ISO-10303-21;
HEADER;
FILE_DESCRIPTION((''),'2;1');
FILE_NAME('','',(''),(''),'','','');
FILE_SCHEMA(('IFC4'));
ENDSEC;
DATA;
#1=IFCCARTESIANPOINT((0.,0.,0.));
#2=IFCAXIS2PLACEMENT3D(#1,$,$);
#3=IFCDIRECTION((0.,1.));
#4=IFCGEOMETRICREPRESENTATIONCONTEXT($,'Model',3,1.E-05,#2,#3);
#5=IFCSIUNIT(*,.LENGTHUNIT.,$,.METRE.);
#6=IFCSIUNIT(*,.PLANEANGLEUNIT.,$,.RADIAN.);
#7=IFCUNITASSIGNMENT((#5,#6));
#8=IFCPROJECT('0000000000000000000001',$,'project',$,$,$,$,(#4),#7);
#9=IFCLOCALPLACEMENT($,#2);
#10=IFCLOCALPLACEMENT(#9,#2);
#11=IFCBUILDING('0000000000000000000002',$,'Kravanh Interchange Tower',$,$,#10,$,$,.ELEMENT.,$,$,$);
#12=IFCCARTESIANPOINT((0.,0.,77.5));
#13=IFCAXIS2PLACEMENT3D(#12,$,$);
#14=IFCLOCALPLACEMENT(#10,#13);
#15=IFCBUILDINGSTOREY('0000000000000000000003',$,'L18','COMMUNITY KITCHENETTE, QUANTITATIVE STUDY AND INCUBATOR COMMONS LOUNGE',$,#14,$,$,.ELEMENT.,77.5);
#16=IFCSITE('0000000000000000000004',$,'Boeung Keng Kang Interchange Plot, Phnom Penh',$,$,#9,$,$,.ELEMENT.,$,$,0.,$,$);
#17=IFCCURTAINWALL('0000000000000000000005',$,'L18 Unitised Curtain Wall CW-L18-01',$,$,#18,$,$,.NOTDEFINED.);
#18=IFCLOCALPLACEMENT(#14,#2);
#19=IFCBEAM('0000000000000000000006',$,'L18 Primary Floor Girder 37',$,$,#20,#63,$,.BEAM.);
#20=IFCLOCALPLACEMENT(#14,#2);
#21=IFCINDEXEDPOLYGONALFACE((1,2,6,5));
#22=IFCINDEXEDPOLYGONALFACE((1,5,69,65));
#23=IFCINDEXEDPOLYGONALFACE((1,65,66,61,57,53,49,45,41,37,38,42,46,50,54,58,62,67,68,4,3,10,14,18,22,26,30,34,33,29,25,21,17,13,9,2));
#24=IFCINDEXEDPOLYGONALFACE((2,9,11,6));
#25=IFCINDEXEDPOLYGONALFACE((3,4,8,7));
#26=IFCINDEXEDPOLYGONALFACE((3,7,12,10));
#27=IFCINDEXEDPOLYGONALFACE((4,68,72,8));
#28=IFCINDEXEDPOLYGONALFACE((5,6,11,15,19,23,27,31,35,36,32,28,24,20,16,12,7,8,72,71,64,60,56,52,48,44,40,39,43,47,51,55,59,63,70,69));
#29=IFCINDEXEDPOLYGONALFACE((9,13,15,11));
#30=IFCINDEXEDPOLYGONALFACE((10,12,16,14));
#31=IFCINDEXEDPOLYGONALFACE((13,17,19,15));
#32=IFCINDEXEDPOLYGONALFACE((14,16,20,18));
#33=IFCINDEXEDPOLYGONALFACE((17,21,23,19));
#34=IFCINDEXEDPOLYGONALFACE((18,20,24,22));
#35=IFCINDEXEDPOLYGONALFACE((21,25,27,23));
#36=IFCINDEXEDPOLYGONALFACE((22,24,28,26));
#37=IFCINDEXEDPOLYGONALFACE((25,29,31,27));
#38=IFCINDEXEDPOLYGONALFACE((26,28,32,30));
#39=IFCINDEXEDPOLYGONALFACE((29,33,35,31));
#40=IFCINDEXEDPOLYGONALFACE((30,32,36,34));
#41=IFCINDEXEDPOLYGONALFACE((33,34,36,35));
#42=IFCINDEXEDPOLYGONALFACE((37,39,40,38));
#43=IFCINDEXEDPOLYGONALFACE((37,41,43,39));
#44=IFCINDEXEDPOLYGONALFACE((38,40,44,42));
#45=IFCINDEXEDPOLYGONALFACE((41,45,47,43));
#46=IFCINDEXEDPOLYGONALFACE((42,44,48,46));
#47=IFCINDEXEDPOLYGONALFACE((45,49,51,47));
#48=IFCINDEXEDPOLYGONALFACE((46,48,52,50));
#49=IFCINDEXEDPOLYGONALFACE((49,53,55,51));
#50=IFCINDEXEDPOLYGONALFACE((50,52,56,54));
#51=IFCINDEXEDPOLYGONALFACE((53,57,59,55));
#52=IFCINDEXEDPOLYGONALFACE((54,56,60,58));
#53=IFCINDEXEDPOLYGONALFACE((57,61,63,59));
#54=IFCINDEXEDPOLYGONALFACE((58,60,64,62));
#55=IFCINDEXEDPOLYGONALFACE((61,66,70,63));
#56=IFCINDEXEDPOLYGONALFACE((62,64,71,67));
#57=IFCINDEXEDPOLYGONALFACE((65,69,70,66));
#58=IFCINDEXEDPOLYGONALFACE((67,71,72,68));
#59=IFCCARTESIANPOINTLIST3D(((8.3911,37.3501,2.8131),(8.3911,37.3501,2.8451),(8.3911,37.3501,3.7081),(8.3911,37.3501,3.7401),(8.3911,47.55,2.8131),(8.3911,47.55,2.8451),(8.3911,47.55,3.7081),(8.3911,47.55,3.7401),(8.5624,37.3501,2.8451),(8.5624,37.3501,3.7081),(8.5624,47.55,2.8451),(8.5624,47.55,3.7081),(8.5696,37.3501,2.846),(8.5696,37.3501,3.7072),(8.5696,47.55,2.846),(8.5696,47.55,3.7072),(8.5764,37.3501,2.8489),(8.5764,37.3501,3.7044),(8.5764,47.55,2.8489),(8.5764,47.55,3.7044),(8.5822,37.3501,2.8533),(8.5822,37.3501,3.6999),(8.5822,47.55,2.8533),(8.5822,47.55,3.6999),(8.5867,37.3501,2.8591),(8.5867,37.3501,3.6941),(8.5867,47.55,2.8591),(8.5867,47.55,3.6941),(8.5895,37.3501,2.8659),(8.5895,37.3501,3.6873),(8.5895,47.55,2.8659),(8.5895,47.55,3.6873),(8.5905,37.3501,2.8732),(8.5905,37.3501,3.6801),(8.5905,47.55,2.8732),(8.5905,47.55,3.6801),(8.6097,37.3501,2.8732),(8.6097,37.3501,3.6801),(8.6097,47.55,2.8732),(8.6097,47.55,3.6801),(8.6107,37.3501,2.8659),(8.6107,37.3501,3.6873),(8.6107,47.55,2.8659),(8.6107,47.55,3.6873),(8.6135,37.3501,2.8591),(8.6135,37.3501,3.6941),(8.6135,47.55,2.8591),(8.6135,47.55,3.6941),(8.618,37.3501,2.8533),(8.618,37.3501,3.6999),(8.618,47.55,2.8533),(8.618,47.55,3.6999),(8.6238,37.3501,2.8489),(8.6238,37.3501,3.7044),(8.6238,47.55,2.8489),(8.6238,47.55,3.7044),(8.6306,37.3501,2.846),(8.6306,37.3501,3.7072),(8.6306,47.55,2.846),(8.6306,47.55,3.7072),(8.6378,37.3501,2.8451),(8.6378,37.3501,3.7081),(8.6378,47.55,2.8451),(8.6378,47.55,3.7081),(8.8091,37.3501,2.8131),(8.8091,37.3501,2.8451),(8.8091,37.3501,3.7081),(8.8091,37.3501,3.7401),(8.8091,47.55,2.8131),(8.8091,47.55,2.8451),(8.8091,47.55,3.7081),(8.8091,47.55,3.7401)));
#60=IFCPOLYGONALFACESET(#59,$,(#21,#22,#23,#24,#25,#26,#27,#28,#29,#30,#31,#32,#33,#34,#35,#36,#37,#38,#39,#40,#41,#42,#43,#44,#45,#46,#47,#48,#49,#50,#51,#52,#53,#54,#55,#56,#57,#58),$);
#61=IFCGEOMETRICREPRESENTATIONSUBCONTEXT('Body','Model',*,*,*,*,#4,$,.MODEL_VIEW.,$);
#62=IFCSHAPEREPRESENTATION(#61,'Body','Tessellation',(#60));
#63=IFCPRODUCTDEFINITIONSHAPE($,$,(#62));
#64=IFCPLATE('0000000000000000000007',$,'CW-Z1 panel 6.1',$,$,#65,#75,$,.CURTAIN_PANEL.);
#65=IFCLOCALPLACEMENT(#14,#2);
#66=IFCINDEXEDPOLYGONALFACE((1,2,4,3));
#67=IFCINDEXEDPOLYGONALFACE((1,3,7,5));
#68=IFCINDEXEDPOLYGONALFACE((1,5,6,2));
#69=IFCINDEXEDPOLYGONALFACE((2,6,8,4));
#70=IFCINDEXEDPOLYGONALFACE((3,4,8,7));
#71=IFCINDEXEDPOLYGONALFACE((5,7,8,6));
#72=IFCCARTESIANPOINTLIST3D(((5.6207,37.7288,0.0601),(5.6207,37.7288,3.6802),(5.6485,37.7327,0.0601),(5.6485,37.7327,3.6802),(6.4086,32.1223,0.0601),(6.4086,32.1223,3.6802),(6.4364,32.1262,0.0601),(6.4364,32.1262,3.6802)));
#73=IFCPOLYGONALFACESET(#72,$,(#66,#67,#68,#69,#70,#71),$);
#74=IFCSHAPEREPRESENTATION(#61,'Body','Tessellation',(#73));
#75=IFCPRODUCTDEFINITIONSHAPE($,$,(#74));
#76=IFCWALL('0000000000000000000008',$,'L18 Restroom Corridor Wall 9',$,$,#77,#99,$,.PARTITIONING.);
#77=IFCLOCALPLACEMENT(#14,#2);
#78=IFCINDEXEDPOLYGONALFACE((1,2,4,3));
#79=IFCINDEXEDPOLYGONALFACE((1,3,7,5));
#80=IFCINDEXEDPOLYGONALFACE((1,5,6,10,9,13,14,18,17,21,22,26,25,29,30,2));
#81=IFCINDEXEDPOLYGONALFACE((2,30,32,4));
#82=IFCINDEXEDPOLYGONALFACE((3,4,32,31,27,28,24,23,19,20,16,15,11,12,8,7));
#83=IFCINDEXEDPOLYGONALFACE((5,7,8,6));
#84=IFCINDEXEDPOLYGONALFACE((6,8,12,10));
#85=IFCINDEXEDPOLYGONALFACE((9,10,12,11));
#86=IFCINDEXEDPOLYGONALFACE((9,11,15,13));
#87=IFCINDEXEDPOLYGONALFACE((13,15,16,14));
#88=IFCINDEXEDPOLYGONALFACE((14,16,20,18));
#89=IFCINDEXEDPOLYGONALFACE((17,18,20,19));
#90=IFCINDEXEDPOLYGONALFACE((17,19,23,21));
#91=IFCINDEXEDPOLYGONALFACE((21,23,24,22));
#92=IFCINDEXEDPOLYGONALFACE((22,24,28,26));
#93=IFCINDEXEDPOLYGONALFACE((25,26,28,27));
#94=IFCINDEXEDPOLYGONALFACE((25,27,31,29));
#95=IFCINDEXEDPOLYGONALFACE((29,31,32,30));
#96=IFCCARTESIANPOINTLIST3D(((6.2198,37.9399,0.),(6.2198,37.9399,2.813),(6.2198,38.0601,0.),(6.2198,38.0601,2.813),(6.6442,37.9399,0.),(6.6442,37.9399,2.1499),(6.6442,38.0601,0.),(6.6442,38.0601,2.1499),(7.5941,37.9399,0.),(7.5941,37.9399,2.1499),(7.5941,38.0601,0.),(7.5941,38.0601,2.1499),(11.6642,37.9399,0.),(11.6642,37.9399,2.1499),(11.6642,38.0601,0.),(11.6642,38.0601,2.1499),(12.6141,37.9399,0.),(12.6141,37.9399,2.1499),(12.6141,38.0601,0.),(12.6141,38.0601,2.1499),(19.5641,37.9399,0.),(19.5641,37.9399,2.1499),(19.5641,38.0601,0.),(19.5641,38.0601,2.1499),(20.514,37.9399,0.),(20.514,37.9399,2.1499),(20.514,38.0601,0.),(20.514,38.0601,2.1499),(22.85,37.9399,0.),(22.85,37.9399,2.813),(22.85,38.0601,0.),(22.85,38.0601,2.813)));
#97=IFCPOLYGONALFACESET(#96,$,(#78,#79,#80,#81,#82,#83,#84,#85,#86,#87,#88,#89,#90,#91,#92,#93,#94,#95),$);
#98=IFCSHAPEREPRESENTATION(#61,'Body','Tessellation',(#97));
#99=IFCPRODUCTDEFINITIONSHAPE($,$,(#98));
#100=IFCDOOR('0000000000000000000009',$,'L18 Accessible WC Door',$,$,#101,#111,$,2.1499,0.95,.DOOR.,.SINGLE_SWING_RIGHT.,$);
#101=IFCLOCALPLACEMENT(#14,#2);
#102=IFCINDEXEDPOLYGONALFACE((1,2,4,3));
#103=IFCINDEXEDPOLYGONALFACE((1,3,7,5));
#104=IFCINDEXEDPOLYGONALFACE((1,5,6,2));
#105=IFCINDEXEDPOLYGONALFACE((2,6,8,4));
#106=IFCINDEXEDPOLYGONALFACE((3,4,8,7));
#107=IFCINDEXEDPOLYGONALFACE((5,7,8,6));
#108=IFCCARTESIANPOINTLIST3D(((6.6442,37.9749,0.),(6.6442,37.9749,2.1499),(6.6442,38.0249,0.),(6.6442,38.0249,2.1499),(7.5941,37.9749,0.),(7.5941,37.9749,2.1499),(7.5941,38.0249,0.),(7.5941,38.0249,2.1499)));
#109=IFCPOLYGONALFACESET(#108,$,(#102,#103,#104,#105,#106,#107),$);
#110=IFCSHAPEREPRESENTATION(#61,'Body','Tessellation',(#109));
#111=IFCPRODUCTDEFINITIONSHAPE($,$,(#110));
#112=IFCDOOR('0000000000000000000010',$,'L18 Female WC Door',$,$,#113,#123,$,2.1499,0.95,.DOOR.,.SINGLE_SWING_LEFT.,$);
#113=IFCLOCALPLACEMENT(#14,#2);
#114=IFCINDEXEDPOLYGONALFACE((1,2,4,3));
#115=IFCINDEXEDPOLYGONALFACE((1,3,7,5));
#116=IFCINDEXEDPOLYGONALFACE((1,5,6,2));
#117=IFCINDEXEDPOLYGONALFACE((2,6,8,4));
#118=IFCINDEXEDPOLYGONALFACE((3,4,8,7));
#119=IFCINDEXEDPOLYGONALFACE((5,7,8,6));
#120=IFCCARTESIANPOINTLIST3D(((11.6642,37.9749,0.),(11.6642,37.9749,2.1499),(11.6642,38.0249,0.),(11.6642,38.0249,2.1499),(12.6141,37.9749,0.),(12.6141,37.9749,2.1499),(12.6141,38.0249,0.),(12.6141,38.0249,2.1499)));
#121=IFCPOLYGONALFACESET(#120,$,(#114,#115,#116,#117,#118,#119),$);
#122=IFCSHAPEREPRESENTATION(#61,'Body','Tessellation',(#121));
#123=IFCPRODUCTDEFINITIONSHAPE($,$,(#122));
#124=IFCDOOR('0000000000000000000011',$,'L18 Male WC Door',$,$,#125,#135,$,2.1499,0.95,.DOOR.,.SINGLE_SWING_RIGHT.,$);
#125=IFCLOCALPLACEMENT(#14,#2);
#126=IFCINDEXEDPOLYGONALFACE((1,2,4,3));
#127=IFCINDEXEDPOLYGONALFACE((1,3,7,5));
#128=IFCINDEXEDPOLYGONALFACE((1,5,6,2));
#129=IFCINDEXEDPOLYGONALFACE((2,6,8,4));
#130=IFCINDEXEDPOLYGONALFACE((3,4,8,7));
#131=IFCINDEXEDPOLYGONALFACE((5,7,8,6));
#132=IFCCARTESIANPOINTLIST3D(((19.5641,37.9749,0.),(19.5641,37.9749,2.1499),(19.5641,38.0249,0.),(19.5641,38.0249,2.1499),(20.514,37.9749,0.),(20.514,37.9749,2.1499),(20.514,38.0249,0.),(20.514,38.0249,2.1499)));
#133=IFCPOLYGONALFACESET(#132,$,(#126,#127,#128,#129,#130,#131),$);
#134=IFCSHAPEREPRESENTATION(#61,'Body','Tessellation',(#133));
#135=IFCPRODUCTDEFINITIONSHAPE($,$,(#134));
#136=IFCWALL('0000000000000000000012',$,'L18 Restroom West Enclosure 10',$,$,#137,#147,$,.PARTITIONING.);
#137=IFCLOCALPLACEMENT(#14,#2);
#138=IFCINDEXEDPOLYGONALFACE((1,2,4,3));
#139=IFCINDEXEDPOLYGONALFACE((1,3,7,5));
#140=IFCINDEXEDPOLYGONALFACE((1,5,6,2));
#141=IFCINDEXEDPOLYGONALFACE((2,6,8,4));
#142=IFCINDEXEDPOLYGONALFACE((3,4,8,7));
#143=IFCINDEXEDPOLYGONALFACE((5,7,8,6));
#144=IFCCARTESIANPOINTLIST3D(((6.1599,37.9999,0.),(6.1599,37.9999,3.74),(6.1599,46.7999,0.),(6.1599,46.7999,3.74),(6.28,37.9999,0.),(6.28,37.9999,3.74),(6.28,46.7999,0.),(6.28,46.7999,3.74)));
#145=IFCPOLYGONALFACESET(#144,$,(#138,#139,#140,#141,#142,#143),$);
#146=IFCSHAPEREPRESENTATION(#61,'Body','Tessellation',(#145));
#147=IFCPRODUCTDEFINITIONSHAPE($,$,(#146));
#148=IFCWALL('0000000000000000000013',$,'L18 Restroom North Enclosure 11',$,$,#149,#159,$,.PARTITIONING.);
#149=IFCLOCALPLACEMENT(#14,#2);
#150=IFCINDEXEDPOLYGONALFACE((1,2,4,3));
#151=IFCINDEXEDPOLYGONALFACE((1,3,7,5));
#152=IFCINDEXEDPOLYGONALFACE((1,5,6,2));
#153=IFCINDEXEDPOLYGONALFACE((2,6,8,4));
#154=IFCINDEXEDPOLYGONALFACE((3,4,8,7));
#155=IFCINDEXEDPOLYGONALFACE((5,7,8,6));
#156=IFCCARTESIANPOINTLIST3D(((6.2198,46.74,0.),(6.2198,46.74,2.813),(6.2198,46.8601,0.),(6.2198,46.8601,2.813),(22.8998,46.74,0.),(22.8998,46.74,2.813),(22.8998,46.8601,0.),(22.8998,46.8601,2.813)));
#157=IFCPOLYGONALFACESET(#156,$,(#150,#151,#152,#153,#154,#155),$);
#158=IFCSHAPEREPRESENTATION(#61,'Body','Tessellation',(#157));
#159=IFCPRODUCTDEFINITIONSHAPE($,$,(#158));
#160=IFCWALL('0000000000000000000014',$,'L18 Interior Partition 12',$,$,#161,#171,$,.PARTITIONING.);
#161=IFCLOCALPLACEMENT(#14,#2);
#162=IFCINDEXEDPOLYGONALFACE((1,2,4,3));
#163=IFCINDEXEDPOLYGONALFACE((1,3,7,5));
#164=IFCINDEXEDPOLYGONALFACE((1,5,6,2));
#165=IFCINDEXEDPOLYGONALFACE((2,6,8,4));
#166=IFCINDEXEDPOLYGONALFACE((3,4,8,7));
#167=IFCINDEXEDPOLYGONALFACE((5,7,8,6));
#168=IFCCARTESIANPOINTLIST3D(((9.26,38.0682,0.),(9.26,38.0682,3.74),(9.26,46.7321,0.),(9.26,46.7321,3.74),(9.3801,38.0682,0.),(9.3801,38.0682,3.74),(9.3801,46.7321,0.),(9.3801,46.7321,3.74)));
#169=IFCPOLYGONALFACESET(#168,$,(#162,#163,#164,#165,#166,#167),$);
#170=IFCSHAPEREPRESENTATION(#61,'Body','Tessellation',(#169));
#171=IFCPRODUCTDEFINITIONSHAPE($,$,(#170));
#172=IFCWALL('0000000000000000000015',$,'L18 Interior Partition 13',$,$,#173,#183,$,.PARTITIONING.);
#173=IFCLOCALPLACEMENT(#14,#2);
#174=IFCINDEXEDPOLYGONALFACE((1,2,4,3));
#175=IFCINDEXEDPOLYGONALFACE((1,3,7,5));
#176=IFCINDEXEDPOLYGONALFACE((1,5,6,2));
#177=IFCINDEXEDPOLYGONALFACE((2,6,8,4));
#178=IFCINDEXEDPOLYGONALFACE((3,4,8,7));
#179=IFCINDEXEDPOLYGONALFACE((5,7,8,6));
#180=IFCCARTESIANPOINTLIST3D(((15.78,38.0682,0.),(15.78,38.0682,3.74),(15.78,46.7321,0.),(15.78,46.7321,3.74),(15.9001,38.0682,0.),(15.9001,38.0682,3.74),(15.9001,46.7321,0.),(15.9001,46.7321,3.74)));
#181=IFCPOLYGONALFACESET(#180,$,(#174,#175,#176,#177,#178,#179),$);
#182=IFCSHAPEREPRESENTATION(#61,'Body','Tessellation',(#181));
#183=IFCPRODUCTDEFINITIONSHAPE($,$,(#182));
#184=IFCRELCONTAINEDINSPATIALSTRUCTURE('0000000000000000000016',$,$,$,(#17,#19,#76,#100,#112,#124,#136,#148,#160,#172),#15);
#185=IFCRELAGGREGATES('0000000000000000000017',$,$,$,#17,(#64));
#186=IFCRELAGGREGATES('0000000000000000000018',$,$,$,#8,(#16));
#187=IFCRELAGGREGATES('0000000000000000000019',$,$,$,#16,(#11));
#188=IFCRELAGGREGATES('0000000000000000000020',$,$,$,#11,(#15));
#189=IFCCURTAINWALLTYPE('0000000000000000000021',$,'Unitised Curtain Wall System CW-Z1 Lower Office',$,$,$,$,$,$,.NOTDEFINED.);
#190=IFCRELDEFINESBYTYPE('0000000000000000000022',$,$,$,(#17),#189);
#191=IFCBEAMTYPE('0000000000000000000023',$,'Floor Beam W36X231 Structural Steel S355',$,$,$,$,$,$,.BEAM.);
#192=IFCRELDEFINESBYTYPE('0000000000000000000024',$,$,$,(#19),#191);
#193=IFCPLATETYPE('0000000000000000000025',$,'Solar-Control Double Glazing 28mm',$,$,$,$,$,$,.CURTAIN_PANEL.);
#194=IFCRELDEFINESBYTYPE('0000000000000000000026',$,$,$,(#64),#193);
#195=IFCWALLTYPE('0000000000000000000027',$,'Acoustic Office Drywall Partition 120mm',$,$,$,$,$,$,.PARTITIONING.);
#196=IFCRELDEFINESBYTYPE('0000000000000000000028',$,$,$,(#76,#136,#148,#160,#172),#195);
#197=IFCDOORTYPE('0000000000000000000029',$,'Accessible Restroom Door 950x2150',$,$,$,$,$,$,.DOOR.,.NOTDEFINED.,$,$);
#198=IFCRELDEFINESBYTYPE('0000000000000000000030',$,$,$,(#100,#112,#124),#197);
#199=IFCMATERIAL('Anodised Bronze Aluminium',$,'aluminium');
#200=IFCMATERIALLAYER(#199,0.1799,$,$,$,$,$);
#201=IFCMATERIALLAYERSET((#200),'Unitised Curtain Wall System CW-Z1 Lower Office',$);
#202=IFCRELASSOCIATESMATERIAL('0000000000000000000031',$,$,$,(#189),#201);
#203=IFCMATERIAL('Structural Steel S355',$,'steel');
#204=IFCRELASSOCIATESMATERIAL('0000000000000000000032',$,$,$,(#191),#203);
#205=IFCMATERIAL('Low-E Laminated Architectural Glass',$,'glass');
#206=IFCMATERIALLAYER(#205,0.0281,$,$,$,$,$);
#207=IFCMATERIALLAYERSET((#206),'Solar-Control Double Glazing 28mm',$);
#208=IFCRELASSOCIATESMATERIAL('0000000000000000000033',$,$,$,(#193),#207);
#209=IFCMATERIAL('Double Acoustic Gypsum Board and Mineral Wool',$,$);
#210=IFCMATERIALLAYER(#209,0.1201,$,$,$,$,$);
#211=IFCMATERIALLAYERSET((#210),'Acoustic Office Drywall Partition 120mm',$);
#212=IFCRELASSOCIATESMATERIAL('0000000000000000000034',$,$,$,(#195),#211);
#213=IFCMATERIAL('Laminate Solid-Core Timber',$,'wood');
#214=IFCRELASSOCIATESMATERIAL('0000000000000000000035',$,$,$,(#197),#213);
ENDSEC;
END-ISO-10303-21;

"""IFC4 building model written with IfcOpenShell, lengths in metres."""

from ifc_helpers import new_model, si_unit, direction, frame, frame_2d, origin, origin_2d, place, context, subcontext, project, spatial, rectangle, i_section, extrude, material, layer, layer_set, material_profile, profile_set, type_object, element, fill, aggregate, save


model = new_model("IFC4")

# Units and contexts
model_context = context("Model", 3, precision=1e-05, world=origin(), true_north=direction((0.0, 1.0)))
body_context = subcontext(model_context, "Body", "Model", "MODEL_VIEW")
ifc_project = project(units=[si_unit("LENGTHUNIT", "METRE"), si_unit("PLANEANGLEUNIT", "RADIAN")], contexts=[model_context])

# Site, building, storey
site_placement = place(None, origin())
site = spatial("IfcSite", under=ifc_project, at=site_placement, Name="Boeung Keng Kang Interchange Plot, Phnom Penh", CompositionType="ELEMENT", RefElevation=0.0)
building_placement = place(site_placement, origin())
building = spatial("IfcBuilding", under=site, at=building_placement, Name="Kravanh Interchange Tower", CompositionType="ELEMENT")
storey_placement = place(building_placement, frame((0.0, 0.0, 77.5)))
storey = spatial("IfcBuildingStorey", under=building, at=storey_placement, Name="L18", Description="COMMUNITY KITCHENETTE, QUANTITATIVE STUDY AND INCUBATOR COMMONS LOUNGE", CompositionType="ELEMENT", Elevation=77.5)

# Curtain wall
ifc_material_1 = material(Name="Anodised Bronze Aluminium", Category="aluminium")
ifc_layer_1 = layer(ifc_material_1, 0.1799)
ifc_layer_set_1 = layer_set([ifc_layer_1], Name="Unitised Curtain Wall System CW-Z1 Lower Office")
curtain_wall_type = type_object("IfcCurtainWallType", Name="Unitised Curtain Wall System CW-Z1 Lower Office", PredefinedType="NOTDEFINED", material=ifc_layer_set_1)
curtain_wall_placement = place(storey_placement, origin())
curtain_wall = element("IfcCurtainWall", 1, at=curtain_wall_placement, inside=storey, type_object=curtain_wall_type, Name="L18 Unitised Curtain Wall CW-L18-01", PredefinedType="NOTDEFINED")

# Beam
ifc_material_2 = material(Name="Structural Steel S355", Category="steel")
ifc_material_profile_1 = material_profile(ifc_material_2, i_section(OverallWidth=0.418, OverallDepth=0.927, WebThickness=0.0193, FlangeThickness=0.032, FilletRadius=0.0281, at=origin_2d()), Name="W36X231")
ifc_profile_set_1 = profile_set([ifc_material_profile_1], Name="Structural Steel S355")
beam_type = type_object("IfcBeamType", Name="Floor Beam W36X231 Structural Steel S355", PredefinedType="BEAM", material=ifc_profile_set_1)
beam_1_placement = place(storey_placement, frame((8.6001, 37.3501, 3.2766), z_axis=(0.0, 1.0, 0.0), x_axis=(-1.0, 0.0, 0.0)))
element("IfcBeam", 2, at=beam_1_placement, inside=storey, type_object=beam_type, Name="L18 Primary Floor Girder 37", PredefinedType="BEAM", context=body_context, shape_type="SweptSolid", body=[
    extrude(i_section(OverallWidth=0.418, OverallDepth=0.927, WebThickness=0.0193, FlangeThickness=0.032, FilletRadius=0.0281, at=origin_2d()), origin(), (0.0, 0.0, 1.0), 10.2),
])

# Plate
ifc_material_3 = material(Name="Low-E Laminated Architectural Glass", Category="glass")
ifc_layer_2 = layer(ifc_material_3, 0.0281)
ifc_layer_set_2 = layer_set([ifc_layer_2], Name="Solar-Control Double Glazing 28mm")
plate_type = type_object("IfcPlateType", Name="Solar-Control Double Glazing 28mm", PredefinedType="CURTAIN_PANEL", material=ifc_layer_set_2)
plate_placement = place(storey_placement, frame((6.0286, 34.9275, 0.0601), z_axis=(0.0, 0.0, 1.0), x_axis=(-0.139177, 0.990268, 0.0)))
plate = element("IfcPlate", 3, at=plate_placement, type_object=plate_type, Name="CW-Z1 panel 6.1", PredefinedType="CURTAIN_PANEL", context=body_context, shape_type="SweptSolid", body=[
    extrude(rectangle(XDim=5.6616, YDim=0.0281, at=origin_2d()), origin(), (0.0, 0.0, 1.0), 3.6201),
])
aggregate(curtain_wall, [plate])

# Wall, openings, doors
ifc_material_4 = material(Name="Double Acoustic Gypsum Board and Mineral Wool")
ifc_layer_3 = layer(ifc_material_4, 0.1201)
ifc_layer_set_3 = layer_set([ifc_layer_3], Name="Acoustic Office Drywall Partition 120mm")
wall_type_1 = type_object("IfcWallType", Name="Acoustic Office Drywall Partition 120mm", PredefinedType="PARTITIONING", material=ifc_layer_set_3)
wall_1_placement = place(storey_placement, frame((6.22, 38.0, 0.0), z_axis=(0.0, 0.0, 1.0), x_axis=(1.0, 0.0, 0.0)))
wall_1 = element("IfcWall", 4, at=wall_1_placement, inside=storey, type_object=wall_type_1, Name="L18 Restroom Corridor Wall 9", PredefinedType="PARTITIONING", context=body_context, shape_type="SweptSolid", body=[
    extrude(rectangle(XDim=16.6301, YDim=0.1201, at=frame_2d((8.3149, 0.0))), origin(), (0.0, 0.0, 1.0), 2.813),
])
opening_1_placement = place(wall_1_placement, frame((0.4241, 0.0, 0.0)))
opening_1 = element("IfcOpeningElement", 5, at=opening_1_placement, cuts=wall_1, PredefinedType="OPENING", context=body_context, shape_type="SweptSolid", body=[
    extrude(rectangle(XDim=0.95, YDim=2.1499, at=frame_2d((0.4751, 1.075))), frame((0.0, 0.0701, 0.0), z_axis=(0.0, -1.0, 0.0), x_axis=(1.0, 0.0, 0.0)), (0.0, 0.0, 1.0), 0.1401),
])
opening_2_placement = place(wall_1_placement, frame((5.4441, 0.0, 0.0)))
opening_2 = element("IfcOpeningElement", 6, at=opening_2_placement, cuts=wall_1, PredefinedType="OPENING", context=body_context, shape_type="SweptSolid", body=[
    extrude(rectangle(XDim=0.95, YDim=2.1499, at=frame_2d((0.4751, 1.075))), frame((0.0, 0.0701, 0.0), z_axis=(0.0, -1.0, 0.0), x_axis=(1.0, 0.0, 0.0)), (0.0, 0.0, 1.0), 0.1401),
])
opening_3_placement = place(wall_1_placement, frame((13.344, 0.0, 0.0)))
opening_3 = element("IfcOpeningElement", 7, at=opening_3_placement, cuts=wall_1, PredefinedType="OPENING", context=body_context, shape_type="SweptSolid", body=[
    extrude(rectangle(XDim=0.95, YDim=2.1499, at=frame_2d((0.4751, 1.075))), frame((0.0, 0.0701, 0.0), z_axis=(0.0, -1.0, 0.0), x_axis=(1.0, 0.0, 0.0)), (0.0, 0.0, 1.0), 0.1401),
])
ifc_material_5 = material(Name="Laminate Solid-Core Timber", Category="wood")
door_type = type_object("IfcDoorType", Name="Accessible Restroom Door 950x2150", OperationType="NOTDEFINED", PredefinedType="DOOR", material=ifc_material_5)
door_1_placement = place(opening_1_placement, origin())
door_1 = element("IfcDoor", 8, at=door_1_placement, inside=storey, type_object=door_type, Name="L18 Accessible WC Door", OperationType="SINGLE_SWING_RIGHT", OverallHeight=2.1499, OverallWidth=0.95, PredefinedType="DOOR", context=body_context, shape_type="SweptSolid", body=[
    extrude(rectangle(XDim=0.95, YDim=2.1499, at=frame_2d((0.4751, 1.075))), frame((0.0, 0.0249, 0.0), z_axis=(0.0, -1.0, 0.0), x_axis=(1.0, 0.0, 0.0)), (0.0, 0.0, 1.0), 0.05),
])
fill(opening_1, door_1)
door_2_placement = place(opening_2_placement, origin())
door_2 = element("IfcDoor", 9, at=door_2_placement, inside=storey, type_object=door_type, Name="L18 Female WC Door", OperationType="SINGLE_SWING_LEFT", OverallHeight=2.1499, OverallWidth=0.95, PredefinedType="DOOR", context=body_context, shape_type="SweptSolid", body=[
    extrude(rectangle(XDim=0.95, YDim=2.1499, at=frame_2d((0.4751, 1.075))), frame((0.0, 0.0249, 0.0), z_axis=(0.0, -1.0, 0.0), x_axis=(1.0, 0.0, 0.0)), (0.0, 0.0, 1.0), 0.05),
])
fill(opening_2, door_2)
door_3_placement = place(opening_3_placement, origin())
door_3 = element("IfcDoor", 10, at=door_3_placement, inside=storey, type_object=door_type, Name="L18 Male WC Door", OperationType="SINGLE_SWING_RIGHT", OverallHeight=2.1499, OverallWidth=0.95, PredefinedType="DOOR", context=body_context, shape_type="SweptSolid", body=[
    extrude(rectangle(XDim=0.95, YDim=2.1499, at=frame_2d((0.4751, 1.075))), frame((0.0, 0.0249, 0.0), z_axis=(0.0, -1.0, 0.0), x_axis=(1.0, 0.0, 0.0)), (0.0, 0.0, 1.0), 0.05),
])
fill(opening_3, door_3)

# Walls
wall_2_placement = place(storey_placement, frame((6.22, 38.0, 0.0), z_axis=(0.0, 0.0, 1.0), x_axis=(0.0, 1.0, 0.0)))
element("IfcWall", 11, at=wall_2_placement, inside=storey, type_object=wall_type_1, Name="L18 Restroom West Enclosure 10", PredefinedType="PARTITIONING", context=body_context, shape_type="SweptSolid", body=[
    extrude(rectangle(XDim=8.8, YDim=0.1201, at=frame_2d((4.3999, 0.0))), origin(), (0.0, 0.0, 1.0), 3.74),
])
wall_3_placement = place(storey_placement, frame((6.22, 46.8, 0.0), z_axis=(0.0, 0.0, 1.0), x_axis=(1.0, 0.0, 0.0)))
element("IfcWall", 12, at=wall_3_placement, inside=storey, type_object=wall_type_1, Name="L18 Restroom North Enclosure 11", PredefinedType="PARTITIONING", context=body_context, shape_type="SweptSolid", body=[
    extrude(rectangle(XDim=16.6799, YDim=0.1201, at=frame_2d((8.3398, 0.0))), origin(), (0.0, 0.0, 1.0), 2.813),
])
for number, where, z_axis, x_axis, name in (
    (13, (9.3201, 38.0681, 0.0), (0.0, 0.0, 1.0), (0.0, 1.0, 0.0), "L18 Interior Partition 12"),
    (14, (15.8401, 38.0681, 0.0), (0.0, 0.0, 1.0), (0.0, 1.0, 0.0), "L18 Interior Partition 13"),
):
    element("IfcWall", number, at=place(storey_placement, frame(where, z_axis=z_axis, x_axis=x_axis)), inside=storey, type_object=wall_type_1, Name=name, PredefinedType="PARTITIONING", context=body_context, shape_type="SweptSolid", body=[
        extrude(rectangle(XDim=8.6638, YDim=0.1201, at=frame_2d((4.332, 0.0))), origin(), (0.0, 0.0, 1.0), 3.74),
    ])

save(model, "model.ifc")
